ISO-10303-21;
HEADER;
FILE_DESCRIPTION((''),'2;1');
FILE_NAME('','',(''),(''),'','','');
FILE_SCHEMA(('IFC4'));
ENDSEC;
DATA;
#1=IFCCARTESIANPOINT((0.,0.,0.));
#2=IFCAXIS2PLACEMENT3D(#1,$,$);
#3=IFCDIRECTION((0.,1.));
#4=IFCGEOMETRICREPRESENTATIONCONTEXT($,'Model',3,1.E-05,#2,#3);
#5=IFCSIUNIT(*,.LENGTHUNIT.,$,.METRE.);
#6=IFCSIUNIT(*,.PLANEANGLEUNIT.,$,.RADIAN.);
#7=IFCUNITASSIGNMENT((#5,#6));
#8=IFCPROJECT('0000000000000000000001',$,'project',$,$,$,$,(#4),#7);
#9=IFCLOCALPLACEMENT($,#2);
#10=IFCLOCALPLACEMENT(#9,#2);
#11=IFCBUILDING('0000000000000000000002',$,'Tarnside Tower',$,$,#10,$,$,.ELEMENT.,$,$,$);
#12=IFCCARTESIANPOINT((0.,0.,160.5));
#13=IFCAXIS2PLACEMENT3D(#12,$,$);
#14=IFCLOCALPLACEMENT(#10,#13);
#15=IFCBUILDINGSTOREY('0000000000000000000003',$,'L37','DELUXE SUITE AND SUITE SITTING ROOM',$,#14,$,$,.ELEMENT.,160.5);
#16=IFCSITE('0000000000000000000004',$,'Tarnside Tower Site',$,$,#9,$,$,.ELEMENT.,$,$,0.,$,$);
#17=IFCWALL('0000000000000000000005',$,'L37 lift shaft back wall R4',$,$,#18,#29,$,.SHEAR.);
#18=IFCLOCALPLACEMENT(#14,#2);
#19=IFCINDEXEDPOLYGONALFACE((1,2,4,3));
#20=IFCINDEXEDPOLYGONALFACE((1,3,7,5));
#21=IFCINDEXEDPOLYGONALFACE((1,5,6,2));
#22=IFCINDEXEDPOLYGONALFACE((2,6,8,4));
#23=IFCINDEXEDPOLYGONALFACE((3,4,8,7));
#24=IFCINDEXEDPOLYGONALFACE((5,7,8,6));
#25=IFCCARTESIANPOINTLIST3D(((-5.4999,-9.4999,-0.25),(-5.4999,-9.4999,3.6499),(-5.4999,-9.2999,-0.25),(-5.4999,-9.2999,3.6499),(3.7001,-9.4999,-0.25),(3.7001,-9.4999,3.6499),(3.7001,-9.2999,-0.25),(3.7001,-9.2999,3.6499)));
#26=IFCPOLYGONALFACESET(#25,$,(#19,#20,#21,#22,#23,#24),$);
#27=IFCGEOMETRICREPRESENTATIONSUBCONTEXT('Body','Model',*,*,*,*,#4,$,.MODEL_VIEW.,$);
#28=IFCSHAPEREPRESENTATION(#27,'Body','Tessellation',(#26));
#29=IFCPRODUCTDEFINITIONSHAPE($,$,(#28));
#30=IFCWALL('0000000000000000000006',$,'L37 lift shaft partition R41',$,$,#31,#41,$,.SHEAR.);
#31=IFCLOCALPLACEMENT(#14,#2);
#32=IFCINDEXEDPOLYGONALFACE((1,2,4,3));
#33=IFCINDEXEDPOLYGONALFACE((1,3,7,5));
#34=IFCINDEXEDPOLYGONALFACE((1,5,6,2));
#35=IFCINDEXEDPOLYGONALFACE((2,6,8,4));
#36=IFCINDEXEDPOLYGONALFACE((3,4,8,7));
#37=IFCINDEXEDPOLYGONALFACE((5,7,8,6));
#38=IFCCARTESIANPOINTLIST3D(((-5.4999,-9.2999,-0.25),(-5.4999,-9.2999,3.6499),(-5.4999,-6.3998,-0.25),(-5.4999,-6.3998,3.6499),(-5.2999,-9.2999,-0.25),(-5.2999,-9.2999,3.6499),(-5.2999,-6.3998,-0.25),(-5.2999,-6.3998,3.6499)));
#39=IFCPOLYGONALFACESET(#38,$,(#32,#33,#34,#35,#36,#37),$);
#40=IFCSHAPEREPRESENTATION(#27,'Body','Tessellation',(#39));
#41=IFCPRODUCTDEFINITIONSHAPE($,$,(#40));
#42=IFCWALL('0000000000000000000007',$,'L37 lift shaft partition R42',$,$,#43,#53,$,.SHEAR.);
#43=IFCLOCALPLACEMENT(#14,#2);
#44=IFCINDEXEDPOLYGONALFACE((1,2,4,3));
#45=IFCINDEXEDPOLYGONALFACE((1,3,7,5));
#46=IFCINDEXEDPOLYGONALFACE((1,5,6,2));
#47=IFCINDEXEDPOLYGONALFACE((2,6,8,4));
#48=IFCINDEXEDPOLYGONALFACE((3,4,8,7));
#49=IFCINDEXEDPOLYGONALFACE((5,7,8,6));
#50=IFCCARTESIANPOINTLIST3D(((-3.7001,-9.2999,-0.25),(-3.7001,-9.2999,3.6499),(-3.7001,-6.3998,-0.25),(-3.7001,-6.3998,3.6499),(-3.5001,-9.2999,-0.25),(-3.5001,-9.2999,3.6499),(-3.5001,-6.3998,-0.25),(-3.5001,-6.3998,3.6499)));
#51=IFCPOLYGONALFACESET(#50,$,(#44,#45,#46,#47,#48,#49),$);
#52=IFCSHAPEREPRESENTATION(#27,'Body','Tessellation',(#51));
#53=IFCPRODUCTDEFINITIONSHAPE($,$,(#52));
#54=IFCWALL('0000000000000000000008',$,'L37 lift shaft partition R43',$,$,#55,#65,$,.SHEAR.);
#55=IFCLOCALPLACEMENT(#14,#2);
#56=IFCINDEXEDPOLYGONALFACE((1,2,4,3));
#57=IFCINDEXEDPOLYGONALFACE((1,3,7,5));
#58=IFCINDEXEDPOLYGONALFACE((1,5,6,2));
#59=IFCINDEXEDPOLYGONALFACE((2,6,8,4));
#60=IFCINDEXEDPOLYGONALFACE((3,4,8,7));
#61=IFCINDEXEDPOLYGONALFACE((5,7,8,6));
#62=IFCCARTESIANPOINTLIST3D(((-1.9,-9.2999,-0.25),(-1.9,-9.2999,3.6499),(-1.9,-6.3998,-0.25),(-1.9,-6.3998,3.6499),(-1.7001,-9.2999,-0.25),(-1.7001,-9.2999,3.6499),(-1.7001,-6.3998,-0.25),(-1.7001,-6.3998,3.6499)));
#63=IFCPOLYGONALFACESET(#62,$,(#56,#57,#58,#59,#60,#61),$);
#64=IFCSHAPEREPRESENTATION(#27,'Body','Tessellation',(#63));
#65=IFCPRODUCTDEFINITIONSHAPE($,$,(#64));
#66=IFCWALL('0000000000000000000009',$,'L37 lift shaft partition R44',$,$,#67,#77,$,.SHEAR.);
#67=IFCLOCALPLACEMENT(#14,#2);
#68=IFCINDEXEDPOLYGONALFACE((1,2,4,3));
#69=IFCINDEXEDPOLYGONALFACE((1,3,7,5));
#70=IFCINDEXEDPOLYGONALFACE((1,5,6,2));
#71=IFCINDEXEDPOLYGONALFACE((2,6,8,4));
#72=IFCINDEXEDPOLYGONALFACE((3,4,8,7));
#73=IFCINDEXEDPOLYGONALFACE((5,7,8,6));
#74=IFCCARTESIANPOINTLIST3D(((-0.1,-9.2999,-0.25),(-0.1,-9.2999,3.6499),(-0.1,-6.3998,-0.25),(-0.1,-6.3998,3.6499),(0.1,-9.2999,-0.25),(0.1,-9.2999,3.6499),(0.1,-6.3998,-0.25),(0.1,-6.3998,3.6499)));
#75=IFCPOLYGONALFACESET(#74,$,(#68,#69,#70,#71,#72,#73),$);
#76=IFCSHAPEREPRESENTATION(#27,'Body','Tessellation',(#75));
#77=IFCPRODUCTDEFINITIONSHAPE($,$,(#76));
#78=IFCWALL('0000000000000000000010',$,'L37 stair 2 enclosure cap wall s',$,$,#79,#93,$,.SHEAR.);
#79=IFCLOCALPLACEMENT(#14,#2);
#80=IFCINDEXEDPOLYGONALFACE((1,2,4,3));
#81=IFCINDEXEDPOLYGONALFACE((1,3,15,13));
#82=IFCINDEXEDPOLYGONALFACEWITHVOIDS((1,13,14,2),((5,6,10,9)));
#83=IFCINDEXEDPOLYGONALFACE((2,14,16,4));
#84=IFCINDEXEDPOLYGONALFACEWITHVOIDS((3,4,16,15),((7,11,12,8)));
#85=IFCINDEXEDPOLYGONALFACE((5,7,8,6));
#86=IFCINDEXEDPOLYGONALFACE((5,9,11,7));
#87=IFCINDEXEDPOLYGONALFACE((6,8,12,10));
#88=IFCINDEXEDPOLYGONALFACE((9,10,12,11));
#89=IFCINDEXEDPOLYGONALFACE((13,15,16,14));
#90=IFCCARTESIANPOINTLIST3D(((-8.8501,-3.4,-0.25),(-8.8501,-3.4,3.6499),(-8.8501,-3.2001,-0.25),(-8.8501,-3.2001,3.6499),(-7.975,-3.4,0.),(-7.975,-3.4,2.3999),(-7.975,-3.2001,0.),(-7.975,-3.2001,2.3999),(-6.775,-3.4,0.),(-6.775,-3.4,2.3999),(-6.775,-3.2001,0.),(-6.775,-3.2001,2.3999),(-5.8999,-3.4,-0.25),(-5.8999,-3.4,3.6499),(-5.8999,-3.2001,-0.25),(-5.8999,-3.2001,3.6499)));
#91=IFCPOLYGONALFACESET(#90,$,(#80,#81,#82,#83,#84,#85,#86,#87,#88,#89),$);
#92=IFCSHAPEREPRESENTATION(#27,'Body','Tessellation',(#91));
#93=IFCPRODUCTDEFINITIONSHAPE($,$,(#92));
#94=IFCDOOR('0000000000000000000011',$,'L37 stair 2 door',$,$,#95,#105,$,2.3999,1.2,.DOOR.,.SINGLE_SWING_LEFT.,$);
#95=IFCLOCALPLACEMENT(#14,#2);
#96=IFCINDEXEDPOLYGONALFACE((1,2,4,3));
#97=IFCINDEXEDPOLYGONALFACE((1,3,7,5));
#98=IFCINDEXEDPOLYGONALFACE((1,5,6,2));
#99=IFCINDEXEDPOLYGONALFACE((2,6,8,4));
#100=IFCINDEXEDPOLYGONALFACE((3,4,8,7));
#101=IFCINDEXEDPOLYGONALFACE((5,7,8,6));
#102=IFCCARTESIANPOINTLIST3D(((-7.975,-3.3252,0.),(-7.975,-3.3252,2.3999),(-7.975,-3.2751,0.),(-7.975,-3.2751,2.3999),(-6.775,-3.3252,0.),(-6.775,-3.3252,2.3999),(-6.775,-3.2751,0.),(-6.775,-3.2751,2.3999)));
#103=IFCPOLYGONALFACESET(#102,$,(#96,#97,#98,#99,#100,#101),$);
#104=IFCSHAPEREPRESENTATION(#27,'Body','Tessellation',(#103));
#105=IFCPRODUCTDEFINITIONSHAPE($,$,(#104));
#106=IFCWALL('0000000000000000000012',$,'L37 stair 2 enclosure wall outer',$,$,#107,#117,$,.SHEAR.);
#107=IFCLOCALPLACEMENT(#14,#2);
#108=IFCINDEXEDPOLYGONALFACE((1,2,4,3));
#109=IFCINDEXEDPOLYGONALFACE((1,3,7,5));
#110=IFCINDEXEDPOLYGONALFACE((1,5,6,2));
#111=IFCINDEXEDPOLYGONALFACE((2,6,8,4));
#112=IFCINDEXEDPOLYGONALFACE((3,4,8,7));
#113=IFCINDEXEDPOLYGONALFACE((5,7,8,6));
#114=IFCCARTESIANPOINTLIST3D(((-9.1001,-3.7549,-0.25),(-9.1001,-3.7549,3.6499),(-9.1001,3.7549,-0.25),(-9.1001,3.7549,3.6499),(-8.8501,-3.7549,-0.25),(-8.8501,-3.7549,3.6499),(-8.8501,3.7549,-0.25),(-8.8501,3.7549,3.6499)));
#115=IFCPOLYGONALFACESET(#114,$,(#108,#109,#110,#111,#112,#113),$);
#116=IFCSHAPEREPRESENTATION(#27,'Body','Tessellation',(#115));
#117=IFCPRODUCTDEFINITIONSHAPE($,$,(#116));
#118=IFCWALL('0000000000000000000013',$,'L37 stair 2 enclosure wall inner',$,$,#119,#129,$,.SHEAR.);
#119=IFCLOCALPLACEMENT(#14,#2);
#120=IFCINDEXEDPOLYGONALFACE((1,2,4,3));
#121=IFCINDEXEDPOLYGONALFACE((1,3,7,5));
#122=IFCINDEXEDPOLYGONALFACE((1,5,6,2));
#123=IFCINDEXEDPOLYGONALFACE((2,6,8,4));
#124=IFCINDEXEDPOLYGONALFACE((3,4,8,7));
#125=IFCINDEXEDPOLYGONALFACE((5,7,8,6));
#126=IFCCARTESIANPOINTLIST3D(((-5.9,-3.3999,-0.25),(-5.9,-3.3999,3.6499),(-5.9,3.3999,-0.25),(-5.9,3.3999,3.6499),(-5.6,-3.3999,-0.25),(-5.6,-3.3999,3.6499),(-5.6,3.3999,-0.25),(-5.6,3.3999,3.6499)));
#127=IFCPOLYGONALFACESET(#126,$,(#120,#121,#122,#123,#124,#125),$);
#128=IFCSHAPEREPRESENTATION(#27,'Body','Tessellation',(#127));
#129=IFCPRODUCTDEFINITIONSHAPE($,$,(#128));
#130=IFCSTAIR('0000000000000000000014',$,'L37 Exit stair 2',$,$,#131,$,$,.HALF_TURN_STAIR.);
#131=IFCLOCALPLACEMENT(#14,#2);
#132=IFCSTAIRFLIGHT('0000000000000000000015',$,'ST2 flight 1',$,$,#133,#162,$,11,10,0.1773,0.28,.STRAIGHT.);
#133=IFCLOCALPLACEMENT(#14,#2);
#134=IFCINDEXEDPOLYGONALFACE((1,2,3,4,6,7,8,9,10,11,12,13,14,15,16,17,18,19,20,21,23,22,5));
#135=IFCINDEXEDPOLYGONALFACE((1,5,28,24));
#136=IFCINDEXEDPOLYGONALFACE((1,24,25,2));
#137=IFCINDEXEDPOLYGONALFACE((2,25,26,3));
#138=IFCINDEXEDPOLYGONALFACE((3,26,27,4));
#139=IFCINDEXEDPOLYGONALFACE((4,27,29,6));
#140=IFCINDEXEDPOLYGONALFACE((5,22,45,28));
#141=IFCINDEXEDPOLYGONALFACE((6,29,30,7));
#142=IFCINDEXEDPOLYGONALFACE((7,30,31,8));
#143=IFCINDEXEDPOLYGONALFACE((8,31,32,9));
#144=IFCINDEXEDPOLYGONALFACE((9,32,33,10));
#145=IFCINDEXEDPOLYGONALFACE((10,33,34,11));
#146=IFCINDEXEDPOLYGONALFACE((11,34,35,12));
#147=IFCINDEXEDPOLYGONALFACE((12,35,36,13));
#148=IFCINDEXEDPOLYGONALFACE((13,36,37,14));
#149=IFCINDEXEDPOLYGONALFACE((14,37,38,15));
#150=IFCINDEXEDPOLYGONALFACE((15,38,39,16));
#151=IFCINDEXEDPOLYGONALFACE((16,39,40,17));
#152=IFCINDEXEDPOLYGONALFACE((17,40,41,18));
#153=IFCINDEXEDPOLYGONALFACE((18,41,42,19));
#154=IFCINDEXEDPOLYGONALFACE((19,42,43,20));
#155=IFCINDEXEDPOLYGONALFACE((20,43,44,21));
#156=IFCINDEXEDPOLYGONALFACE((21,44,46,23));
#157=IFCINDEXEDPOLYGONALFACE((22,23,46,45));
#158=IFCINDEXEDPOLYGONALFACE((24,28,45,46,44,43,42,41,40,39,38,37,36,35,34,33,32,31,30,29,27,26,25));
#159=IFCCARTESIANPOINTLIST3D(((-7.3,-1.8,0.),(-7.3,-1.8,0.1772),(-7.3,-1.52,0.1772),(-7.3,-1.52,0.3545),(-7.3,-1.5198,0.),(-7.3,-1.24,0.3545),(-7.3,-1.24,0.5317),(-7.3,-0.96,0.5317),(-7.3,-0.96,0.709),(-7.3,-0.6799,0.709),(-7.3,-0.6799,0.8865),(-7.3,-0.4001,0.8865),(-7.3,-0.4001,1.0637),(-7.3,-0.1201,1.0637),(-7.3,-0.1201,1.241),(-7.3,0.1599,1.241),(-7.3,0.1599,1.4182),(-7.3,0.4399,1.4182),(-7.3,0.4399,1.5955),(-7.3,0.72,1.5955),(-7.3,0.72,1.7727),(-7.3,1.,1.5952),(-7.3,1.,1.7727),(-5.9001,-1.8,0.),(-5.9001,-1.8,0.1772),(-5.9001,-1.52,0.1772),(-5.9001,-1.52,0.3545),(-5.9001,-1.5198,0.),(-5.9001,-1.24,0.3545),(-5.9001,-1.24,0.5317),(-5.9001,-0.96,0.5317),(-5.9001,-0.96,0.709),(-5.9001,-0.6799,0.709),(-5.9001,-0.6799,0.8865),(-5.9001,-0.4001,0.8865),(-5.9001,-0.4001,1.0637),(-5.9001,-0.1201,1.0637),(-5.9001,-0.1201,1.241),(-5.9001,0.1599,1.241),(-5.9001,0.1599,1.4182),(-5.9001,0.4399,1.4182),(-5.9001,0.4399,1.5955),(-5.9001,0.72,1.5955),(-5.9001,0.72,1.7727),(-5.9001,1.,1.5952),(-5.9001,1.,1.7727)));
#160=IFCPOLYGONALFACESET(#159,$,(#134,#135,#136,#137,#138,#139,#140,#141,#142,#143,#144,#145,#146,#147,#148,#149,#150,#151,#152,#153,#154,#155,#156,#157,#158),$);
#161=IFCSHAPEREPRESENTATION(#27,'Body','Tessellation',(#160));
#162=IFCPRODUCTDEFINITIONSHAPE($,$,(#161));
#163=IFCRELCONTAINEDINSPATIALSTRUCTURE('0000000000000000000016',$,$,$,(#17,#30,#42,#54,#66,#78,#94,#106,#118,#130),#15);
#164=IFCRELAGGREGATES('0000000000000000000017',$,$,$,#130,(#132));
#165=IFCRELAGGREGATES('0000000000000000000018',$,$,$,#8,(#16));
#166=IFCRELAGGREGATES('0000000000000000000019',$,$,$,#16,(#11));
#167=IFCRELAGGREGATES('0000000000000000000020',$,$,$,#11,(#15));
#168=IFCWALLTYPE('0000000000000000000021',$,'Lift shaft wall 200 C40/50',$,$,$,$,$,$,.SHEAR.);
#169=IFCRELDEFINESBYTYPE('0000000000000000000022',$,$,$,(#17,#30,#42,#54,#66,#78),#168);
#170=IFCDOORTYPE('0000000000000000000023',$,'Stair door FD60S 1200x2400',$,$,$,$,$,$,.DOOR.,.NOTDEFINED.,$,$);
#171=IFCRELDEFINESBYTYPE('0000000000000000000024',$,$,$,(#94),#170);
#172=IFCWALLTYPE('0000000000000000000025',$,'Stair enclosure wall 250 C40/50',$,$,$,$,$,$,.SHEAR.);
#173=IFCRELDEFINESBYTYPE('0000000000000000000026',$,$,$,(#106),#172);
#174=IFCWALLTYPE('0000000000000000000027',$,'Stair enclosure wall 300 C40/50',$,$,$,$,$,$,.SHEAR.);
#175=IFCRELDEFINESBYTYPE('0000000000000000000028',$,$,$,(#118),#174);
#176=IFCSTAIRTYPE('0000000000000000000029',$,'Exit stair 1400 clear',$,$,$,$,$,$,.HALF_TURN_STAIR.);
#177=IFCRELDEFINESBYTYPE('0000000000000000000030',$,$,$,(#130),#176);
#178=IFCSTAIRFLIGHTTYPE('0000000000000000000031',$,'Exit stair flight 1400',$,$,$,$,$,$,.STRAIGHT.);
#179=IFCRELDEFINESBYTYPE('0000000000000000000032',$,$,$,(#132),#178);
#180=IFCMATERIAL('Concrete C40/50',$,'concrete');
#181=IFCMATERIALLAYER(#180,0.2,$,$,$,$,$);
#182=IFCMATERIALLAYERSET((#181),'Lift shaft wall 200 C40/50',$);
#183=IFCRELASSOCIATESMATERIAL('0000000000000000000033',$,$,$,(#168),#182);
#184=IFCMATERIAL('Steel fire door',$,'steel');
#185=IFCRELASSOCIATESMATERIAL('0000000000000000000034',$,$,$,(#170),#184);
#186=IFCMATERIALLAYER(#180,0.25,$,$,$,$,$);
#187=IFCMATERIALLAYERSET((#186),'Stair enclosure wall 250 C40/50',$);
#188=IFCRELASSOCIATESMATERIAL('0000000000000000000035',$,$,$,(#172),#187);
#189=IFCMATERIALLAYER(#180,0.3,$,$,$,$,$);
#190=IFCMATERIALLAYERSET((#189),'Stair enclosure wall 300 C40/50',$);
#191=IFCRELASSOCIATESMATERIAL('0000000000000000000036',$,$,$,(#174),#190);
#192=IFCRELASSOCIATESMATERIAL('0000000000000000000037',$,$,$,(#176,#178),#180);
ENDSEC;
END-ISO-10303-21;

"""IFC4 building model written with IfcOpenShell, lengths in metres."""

from ifc_helpers import new_model, si_unit, direction, frame, frame_2d, origin, place, context, subcontext, project, spatial, polyline, rectangle, outline, extrude, material, layer, layer_set, type_object, element, fill, aggregate, save


model = new_model("IFC4")

# Units and contexts
model_context = context("Model", 3, precision=1e-05, world=origin(), true_north=direction((0.0, 1.0)))
body_context = subcontext(model_context, "Body", "Model", "MODEL_VIEW")
ifc_project = project(units=[si_unit("LENGTHUNIT", "METRE"), si_unit("PLANEANGLEUNIT", "RADIAN")], contexts=[model_context])

# Site, building, storey
site_placement = place(None, origin())
site = spatial("IfcSite", under=ifc_project, at=site_placement, Name="Tarnside Tower Site", CompositionType="ELEMENT", RefElevation=0.0)
building_placement = place(site_placement, origin())
building = spatial("IfcBuilding", under=site, at=building_placement, Name="Tarnside Tower", CompositionType="ELEMENT")
storey_placement = place(building_placement, frame((0.0, 0.0, 160.5)))
storey = spatial("IfcBuildingStorey", under=building, at=storey_placement, Name="L37", Description="DELUXE SUITE AND SUITE SITTING ROOM", CompositionType="ELEMENT", Elevation=160.5)

# Shared definitions
ifc_material_1 = material(Name="Concrete C40/50", Category="concrete")
ifc_material_2 = material(Name="Steel fire door", Category="steel")

# Shared definitions
ifc_layer_1 = layer(ifc_material_1, 0.2)
ifc_layer_set_1 = layer_set([ifc_layer_1], Name="Lift shaft wall 200 C40/50")
wall_type_1 = type_object("IfcWallType", Name="Lift shaft wall 200 C40/50", PredefinedType="SHEAR", material=ifc_layer_set_1)

# Walls
wall_1_placement = place(storey_placement, frame((-5.5, -9.3999, -0.25), z_axis=(0.0, 0.0, 1.0), x_axis=(1.0, 0.0, 0.0)))
element("IfcWall", 1, at=wall_1_placement, inside=storey, type_object=wall_type_1, Name="L37 lift shaft back wall R4", PredefinedType="SHEAR", context=body_context, shape_type="SweptSolid", body=[
    extrude(rectangle(XDim=9.2, YDim=0.2, at=frame_2d((4.6001, 0.0))), origin(), (0.0, 0.0, 1.0), 3.8999),
])
for number, where, z_axis, x_axis, name in (
    (2, (-5.3999, -9.3, -0.25), (0.0, 0.0, 1.0), (0.0, 1.0, 0.0), "L37 lift shaft partition R41"),
    (3, (-3.6001, -9.3, -0.25), (0.0, 0.0, 1.0), (0.0, 1.0, 0.0), "L37 lift shaft partition R42"),
    (4, (-1.8, -9.3, -0.25), (0.0, 0.0, 1.0), (0.0, 1.0, 0.0), "L37 lift shaft partition R43"),
    (5, (0.0, -9.3, -0.25), (0.0, 0.0, 1.0), (0.0, 1.0, 0.0), "L37 lift shaft partition R44"),
):
    element("IfcWall", number, at=place(storey_placement, frame(where, z_axis=z_axis, x_axis=x_axis)), inside=storey, type_object=wall_type_1, Name=name, PredefinedType="SHEAR", context=body_context, shape_type="SweptSolid", body=[
        extrude(rectangle(XDim=2.9001, YDim=0.2, at=frame_2d((1.4502, 0.0))), origin(), (0.0, 0.0, 1.0), 3.8999),
    ])

# Wall, opening, door
wall_2_placement = place(storey_placement, frame((-8.8501, -3.3, -0.25), z_axis=(0.0, 0.0, 1.0), x_axis=(1.0, 0.0, 0.0)))
wall_2 = element("IfcWall", 6, at=wall_2_placement, inside=storey, type_object=wall_type_1, Name="L37 stair 2 enclosure cap wall s", PredefinedType="SHEAR", context=body_context, shape_type="SweptSolid", body=[
    extrude(rectangle(XDim=2.9502, YDim=0.2, at=frame_2d((1.4751, 0.0))), origin(), (0.0, 0.0, 1.0), 3.8999),
])
opening_1_placement = place(wall_2_placement, frame((0.875, 0.0, 0.25)))
opening_1 = element("IfcOpeningElement", 7, at=opening_1_placement, cuts=wall_2, PredefinedType="OPENING", context=body_context, shape_type="SweptSolid", body=[
    extrude(rectangle(XDim=1.2, YDim=2.3999, at=frame_2d((0.6001, 1.2))), frame((0.0, 0.1099, 0.0), z_axis=(0.0, -1.0, 0.0), x_axis=(1.0, 0.0, 0.0)), (0.0, 0.0, 1.0), 0.22),
])
door_type_1 = type_object("IfcDoorType", Name="Stair door FD60S 1200x2400", OperationType="NOTDEFINED", PredefinedType="DOOR", material=ifc_material_2)
door_1_placement = place(opening_1_placement, origin())
door_1 = element("IfcDoor", 8, at=door_1_placement, inside=storey, type_object=door_type_1, Name="L37 stair 2 door", OperationType="SINGLE_SWING_LEFT", OverallHeight=2.3999, OverallWidth=1.2, PredefinedType="DOOR", context=body_context, shape_type="SweptSolid", body=[
    extrude(rectangle(XDim=1.2, YDim=2.3999, at=frame_2d((0.6001, 1.2))), frame((0.0, 0.0249, 0.0), z_axis=(0.0, -1.0, 0.0), x_axis=(1.0, 0.0, 0.0)), (0.0, 0.0, 1.0), 0.05),
])
fill(opening_1, door_1)

# Walls
ifc_layer_2 = layer(ifc_material_1, 0.25)
ifc_layer_set_2 = layer_set([ifc_layer_2], Name="Stair enclosure wall 250 C40/50")
wall_type_2 = type_object("IfcWallType", Name="Stair enclosure wall 250 C40/50", PredefinedType="SHEAR", material=ifc_layer_set_2)
wall_3_placement = place(storey_placement, frame((-8.9751, -3.7549, -0.25), z_axis=(0.0, 0.0, 1.0), x_axis=(0.0, 1.0, 0.0)))
element("IfcWall", 9, at=wall_3_placement, inside=storey, type_object=wall_type_2, Name="L37 stair 2 enclosure wall outer", PredefinedType="SHEAR", context=body_context, shape_type="SweptSolid", body=[
    extrude(rectangle(XDim=7.5098, YDim=0.25, at=frame_2d((3.7549, 0.0))), origin(), (0.0, 0.0, 1.0), 3.8999),
])
ifc_layer_3 = layer(ifc_material_1, 0.3)
ifc_layer_set_3 = layer_set([ifc_layer_3], Name="Stair enclosure wall 300 C40/50")
wall_type_3 = type_object("IfcWallType", Name="Stair enclosure wall 300 C40/50", PredefinedType="SHEAR", material=ifc_layer_set_3)
wall_4_placement = place(storey_placement, frame((-5.75, -3.3999, -0.25), z_axis=(0.0, 0.0, 1.0), x_axis=(0.0, 1.0, 0.0)))
element("IfcWall", 10, at=wall_4_placement, inside=storey, type_object=wall_type_3, Name="L37 stair 2 enclosure wall inner", PredefinedType="SHEAR", context=body_context, shape_type="SweptSolid", body=[
    extrude(rectangle(XDim=6.7998, YDim=0.3, at=frame_2d((3.3999, 0.0))), origin(), (0.0, 0.0, 1.0), 3.8999),
])

# Stair, stair flight
stair_type = type_object("IfcStairType", Name="Exit stair 1400 clear", PredefinedType="HALF_TURN_STAIR", material=ifc_material_1)
stair_placement = place(storey_placement, origin())
stair = element("IfcStair", 11, at=stair_placement, inside=storey, type_object=stair_type, Name="L37 Exit stair 2", PredefinedType="HALF_TURN_STAIR")
stair_flight_type = type_object("IfcStairFlightType", Name="Exit stair flight 1400", PredefinedType="STRAIGHT", material=ifc_material_1)
stair_flight_placement = place(storey_placement, frame((-6.6001, -1.8, 0.0), z_axis=(0.0, 0.0, 1.0), x_axis=(0.0, 1.0, 0.0)))
stair_flight = element("IfcStairFlight", 12, at=stair_flight_placement, type_object=stair_flight_type, Name="ST2 flight 1", NumberOfRisers=11, NumberOfTreads=10, PredefinedType="STRAIGHT", RiserHeight=0.1773, TreadLength=0.28, context=body_context, shape_type="SweptSolid", body=[
    extrude(outline(polyline([(0.0, 0.0), (0.0, 0.1772), (0.28, 0.1772), (0.28, 0.3545), (0.5601, 0.3545), (0.5601, 0.5317), (0.8401, 0.5317), (0.8401, 0.709), (1.1201, 0.709), (1.1201, 0.8865), (1.3999, 0.8865), (1.3999, 1.0637), (1.6799, 1.0637), (1.6799, 1.241), (1.96, 1.241), (1.96, 1.4182), (2.24, 1.4182), (2.24, 1.5955), (2.52, 1.5955), (2.52, 1.7727), (2.8, 1.7727), (2.8, 1.95), (2.8, 1.5952), (0.2803, 0.0), (0.0, 0.0)])), frame((0.0, 0.7, 0.0), z_axis=(0.0, -1.0, 0.0), x_axis=(1.0, 0.0, 0.0)), (0.0, 0.0, 1.0), 1.3999),
])
aggregate(stair, [stair_flight])

save(model, "model.ifc")
